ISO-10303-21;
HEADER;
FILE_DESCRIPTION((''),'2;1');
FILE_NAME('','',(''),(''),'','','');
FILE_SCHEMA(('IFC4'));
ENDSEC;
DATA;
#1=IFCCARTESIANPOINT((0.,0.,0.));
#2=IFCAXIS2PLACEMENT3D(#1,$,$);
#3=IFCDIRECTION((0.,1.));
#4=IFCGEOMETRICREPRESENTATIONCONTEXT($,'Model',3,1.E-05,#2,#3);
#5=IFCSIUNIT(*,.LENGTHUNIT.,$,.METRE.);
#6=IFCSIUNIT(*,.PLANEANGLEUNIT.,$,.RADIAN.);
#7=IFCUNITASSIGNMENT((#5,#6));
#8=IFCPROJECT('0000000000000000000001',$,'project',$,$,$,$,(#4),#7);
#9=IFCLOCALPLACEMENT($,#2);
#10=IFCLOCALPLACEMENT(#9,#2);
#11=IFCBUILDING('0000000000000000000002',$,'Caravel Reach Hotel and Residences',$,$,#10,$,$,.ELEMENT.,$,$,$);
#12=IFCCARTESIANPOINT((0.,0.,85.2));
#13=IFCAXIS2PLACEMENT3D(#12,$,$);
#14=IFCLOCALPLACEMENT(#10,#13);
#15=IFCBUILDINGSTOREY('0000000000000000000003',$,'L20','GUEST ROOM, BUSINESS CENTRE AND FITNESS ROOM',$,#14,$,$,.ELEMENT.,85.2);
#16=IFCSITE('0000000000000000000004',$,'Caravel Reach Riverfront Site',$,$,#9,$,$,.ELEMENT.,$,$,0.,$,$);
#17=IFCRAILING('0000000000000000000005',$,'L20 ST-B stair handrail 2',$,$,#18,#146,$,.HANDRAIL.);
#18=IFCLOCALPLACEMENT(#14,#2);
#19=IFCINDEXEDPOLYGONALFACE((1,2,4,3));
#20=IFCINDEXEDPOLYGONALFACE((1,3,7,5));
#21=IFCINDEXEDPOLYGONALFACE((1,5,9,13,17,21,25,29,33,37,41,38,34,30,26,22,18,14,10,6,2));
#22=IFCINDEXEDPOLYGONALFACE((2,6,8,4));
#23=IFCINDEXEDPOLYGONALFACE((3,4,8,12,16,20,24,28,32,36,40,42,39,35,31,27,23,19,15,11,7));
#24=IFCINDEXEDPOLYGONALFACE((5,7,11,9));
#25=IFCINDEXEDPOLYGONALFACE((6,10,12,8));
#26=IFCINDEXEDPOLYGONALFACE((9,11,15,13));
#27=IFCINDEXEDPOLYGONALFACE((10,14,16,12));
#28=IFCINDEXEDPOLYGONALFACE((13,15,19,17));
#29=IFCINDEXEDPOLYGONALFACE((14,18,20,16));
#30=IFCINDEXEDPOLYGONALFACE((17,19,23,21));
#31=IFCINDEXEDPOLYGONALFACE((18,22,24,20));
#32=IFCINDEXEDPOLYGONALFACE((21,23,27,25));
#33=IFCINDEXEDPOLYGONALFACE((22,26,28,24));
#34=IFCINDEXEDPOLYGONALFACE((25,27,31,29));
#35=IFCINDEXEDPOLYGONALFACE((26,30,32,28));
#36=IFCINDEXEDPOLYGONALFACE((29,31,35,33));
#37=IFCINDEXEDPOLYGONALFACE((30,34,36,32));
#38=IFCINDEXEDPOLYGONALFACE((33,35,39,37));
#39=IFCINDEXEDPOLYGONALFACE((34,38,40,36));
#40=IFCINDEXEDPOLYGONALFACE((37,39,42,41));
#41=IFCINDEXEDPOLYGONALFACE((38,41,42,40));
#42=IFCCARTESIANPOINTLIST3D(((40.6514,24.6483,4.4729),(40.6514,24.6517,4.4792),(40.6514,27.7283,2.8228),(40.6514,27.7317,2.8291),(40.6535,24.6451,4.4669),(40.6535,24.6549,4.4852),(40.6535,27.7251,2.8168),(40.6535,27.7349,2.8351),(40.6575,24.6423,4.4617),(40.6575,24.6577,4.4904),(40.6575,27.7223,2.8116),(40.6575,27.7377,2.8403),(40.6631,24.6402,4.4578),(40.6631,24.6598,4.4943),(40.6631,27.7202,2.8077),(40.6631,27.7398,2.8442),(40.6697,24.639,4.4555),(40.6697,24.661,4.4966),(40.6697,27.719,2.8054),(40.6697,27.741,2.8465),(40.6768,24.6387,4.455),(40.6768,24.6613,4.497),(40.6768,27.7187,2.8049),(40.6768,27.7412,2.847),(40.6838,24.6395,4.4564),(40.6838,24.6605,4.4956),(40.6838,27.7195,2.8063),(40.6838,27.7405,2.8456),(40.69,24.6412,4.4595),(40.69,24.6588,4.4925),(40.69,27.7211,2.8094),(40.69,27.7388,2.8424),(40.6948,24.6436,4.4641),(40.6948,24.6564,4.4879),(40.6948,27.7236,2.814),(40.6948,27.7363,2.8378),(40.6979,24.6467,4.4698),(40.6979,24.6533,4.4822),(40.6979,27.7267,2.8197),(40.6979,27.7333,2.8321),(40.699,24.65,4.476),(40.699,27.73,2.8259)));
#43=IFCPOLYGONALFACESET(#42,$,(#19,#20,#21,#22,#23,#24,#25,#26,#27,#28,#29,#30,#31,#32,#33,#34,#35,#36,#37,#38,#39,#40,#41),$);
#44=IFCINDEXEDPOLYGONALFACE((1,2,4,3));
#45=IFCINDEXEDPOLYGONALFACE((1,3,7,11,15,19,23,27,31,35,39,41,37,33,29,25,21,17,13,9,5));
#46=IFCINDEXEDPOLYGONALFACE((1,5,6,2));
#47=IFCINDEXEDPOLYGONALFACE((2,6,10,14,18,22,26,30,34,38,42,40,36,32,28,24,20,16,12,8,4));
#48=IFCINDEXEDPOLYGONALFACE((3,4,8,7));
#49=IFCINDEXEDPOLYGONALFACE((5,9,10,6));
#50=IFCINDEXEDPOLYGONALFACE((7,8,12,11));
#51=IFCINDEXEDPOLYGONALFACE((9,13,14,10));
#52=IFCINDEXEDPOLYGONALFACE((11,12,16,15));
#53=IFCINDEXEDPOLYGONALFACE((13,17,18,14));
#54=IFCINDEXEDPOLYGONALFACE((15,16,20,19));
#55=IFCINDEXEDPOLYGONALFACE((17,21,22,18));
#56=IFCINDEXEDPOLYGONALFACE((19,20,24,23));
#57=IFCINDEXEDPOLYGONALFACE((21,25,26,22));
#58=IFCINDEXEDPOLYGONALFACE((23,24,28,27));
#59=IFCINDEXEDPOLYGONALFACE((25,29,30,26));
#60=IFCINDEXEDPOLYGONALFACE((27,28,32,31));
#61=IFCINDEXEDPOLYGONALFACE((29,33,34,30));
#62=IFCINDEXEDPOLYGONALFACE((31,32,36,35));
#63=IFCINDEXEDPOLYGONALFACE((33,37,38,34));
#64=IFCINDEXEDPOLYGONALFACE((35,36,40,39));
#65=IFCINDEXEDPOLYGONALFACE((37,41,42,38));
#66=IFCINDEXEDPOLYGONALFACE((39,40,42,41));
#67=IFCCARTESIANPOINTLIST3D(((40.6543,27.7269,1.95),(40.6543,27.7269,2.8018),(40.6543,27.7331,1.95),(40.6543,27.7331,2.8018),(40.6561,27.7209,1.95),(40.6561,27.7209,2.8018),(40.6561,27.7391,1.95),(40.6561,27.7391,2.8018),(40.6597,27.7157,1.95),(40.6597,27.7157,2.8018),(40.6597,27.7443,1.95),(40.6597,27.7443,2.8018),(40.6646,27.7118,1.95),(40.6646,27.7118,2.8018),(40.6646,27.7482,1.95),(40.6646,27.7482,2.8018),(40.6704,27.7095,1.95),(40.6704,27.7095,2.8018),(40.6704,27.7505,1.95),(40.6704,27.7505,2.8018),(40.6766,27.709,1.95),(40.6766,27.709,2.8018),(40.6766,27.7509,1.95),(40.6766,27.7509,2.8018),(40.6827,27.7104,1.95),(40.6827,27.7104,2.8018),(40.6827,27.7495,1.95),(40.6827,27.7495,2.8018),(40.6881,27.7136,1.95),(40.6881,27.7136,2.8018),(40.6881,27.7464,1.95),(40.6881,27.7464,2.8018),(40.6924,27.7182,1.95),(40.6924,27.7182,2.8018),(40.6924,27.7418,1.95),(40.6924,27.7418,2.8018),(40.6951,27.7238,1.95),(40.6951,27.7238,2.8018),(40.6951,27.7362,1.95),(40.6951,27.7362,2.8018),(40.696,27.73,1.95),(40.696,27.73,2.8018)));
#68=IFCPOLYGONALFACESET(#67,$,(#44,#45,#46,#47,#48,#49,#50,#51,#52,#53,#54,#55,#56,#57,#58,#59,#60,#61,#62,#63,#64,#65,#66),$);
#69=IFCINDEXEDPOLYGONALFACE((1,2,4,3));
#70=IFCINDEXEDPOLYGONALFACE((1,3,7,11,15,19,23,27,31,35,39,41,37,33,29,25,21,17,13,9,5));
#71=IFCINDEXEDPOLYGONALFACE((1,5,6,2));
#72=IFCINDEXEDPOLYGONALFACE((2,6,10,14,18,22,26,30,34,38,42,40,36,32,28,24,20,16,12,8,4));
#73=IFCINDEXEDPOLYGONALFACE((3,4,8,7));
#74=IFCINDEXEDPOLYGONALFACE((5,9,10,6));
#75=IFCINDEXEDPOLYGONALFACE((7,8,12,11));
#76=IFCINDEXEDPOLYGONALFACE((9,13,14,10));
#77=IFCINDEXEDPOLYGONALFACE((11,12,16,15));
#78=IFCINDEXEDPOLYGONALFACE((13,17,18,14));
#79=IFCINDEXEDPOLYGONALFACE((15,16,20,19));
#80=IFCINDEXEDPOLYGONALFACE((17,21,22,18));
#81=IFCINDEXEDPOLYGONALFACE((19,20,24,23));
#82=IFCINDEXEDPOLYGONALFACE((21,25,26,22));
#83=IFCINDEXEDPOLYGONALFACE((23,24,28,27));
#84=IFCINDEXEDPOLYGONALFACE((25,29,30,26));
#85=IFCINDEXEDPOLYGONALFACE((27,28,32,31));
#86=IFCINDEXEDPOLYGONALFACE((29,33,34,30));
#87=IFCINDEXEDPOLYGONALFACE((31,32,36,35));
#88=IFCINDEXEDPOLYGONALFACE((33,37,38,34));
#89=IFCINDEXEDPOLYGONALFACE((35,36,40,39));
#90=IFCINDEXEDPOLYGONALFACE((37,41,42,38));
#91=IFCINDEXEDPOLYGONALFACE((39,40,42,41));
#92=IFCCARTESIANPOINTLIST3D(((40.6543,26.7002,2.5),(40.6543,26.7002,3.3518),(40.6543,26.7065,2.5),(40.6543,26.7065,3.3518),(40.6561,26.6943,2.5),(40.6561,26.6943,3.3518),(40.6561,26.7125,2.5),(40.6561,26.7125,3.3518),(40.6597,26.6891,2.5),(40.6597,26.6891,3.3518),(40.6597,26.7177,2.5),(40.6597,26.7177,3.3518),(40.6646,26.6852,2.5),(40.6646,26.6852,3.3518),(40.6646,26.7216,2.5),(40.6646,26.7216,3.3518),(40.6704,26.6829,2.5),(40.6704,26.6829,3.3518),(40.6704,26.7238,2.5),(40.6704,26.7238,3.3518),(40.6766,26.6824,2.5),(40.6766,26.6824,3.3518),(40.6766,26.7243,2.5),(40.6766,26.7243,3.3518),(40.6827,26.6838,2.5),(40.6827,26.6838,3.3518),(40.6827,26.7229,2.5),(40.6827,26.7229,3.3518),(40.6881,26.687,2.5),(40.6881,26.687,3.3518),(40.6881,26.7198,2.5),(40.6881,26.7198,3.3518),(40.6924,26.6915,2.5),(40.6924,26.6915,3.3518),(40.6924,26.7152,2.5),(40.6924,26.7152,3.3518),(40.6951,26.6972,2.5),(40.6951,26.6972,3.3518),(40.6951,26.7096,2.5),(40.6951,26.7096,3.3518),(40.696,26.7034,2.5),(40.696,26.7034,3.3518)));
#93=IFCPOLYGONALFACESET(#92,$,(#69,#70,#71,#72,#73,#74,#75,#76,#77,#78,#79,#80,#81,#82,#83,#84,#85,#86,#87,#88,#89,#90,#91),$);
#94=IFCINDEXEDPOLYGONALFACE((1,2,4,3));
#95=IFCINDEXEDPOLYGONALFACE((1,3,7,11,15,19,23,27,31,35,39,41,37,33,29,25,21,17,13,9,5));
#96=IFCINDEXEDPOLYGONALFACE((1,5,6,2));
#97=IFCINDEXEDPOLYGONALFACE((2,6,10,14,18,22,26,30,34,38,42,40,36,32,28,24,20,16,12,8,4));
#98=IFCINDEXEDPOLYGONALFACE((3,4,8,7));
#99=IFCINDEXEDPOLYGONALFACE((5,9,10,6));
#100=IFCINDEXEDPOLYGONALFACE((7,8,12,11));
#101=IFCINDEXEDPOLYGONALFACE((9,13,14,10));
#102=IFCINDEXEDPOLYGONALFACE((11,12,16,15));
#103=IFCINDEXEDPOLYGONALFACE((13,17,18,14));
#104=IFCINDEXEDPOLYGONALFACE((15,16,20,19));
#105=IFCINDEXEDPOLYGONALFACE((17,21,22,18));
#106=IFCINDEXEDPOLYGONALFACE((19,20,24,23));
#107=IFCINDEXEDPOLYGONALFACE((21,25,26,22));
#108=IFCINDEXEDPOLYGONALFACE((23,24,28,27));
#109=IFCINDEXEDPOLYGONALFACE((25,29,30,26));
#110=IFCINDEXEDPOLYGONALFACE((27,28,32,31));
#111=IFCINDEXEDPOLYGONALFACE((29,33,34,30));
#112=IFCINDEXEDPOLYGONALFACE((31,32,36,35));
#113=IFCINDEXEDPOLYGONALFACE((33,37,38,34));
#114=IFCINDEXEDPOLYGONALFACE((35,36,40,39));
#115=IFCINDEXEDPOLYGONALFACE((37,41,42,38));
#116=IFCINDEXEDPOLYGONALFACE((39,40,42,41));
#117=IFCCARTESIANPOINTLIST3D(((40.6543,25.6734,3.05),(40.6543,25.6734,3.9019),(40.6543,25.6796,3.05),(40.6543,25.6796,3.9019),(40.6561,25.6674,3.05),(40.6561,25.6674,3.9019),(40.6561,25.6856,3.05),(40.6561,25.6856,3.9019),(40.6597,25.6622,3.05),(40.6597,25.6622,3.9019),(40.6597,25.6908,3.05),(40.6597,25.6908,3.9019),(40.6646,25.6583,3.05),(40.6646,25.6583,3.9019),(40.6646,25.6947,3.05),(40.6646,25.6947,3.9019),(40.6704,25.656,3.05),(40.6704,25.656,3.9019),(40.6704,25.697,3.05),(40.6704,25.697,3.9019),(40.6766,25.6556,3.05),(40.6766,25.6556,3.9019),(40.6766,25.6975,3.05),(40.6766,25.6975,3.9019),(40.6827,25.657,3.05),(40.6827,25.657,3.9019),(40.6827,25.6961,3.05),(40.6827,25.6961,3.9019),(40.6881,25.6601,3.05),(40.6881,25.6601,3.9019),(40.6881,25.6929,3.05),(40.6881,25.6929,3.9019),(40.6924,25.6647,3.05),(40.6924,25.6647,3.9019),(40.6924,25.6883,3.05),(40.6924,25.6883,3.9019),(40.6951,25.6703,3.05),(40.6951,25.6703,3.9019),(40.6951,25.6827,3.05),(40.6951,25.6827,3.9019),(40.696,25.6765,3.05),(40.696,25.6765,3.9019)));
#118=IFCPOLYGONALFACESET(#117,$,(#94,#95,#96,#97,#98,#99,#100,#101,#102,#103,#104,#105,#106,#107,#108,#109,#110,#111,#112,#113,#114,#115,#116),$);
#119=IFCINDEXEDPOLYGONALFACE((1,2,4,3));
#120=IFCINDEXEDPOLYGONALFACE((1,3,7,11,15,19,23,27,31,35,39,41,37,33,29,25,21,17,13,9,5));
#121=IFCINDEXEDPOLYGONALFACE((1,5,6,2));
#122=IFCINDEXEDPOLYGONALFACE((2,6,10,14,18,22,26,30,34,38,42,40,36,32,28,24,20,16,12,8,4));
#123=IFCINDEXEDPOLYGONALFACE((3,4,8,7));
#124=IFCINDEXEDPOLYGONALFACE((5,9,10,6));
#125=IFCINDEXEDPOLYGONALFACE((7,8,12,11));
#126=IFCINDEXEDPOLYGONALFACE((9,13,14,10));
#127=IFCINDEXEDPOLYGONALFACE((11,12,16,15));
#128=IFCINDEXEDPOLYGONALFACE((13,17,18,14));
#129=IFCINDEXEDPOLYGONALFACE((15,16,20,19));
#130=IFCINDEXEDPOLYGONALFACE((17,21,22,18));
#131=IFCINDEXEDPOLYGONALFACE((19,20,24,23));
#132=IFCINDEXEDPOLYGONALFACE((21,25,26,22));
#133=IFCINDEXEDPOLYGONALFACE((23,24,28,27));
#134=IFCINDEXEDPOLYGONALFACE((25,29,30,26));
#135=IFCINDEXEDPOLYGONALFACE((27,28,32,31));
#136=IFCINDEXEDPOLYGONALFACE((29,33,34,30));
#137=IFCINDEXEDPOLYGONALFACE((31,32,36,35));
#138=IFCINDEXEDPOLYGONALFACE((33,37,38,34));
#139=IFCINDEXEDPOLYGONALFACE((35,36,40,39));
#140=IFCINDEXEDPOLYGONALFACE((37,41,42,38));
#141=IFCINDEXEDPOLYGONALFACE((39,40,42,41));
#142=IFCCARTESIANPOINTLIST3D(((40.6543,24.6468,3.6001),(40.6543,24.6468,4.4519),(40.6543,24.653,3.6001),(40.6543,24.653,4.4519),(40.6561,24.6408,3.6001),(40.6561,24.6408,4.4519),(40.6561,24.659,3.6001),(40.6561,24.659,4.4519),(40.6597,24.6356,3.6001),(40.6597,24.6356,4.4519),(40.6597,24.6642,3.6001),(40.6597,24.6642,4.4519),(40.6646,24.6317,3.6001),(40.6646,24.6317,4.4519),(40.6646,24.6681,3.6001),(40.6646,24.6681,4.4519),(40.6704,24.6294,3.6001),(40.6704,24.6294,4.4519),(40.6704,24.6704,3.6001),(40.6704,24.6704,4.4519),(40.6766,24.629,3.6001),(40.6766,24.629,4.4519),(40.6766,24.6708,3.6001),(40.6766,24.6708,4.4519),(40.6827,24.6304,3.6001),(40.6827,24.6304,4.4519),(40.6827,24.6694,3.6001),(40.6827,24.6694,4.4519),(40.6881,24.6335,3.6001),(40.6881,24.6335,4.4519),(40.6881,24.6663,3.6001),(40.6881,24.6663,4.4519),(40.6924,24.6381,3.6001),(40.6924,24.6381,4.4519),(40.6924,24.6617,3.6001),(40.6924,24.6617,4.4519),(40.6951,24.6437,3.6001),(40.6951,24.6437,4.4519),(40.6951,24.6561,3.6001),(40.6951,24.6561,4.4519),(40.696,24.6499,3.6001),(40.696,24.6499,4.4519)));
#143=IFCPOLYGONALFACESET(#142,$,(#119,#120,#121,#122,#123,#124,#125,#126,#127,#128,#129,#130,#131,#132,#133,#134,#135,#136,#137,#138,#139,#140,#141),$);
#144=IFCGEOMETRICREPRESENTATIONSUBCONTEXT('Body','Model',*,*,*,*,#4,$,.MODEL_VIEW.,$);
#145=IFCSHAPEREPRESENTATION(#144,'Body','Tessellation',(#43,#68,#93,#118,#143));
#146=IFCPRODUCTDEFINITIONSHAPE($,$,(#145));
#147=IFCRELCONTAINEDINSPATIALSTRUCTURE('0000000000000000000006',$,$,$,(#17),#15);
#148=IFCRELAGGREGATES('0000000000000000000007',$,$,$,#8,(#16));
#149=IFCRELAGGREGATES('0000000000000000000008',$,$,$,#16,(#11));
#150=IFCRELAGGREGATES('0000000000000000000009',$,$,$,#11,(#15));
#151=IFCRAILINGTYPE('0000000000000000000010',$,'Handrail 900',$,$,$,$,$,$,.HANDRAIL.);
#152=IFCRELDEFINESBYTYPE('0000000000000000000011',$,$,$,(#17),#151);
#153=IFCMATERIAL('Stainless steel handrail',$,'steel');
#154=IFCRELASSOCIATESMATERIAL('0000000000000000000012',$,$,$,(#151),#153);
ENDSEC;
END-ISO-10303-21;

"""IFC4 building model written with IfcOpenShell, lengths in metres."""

from ifc_helpers import new_model, si_unit, direction, frame, origin, origin_2d, place, context, subcontext, project, spatial, circle, extrude, material, type_object, element, save


model = new_model("IFC4")

# Units and contexts
model_context = context("Model", 3, precision=1e-05, world=origin(), true_north=direction((0.0, 1.0)))
body_context = subcontext(model_context, "Body", "Model", "MODEL_VIEW")
ifc_project = project(units=[si_unit("LENGTHUNIT", "METRE"), si_unit("PLANEANGLEUNIT", "RADIAN")], contexts=[model_context])

# Site, building, storey
site_placement = place(None, origin())
site = spatial("IfcSite", under=ifc_project, at=site_placement, Name="Caravel Reach Riverfront Site", CompositionType="ELEMENT", RefElevation=0.0)
building_placement = place(site_placement, origin())
building = spatial("IfcBuilding", under=site, at=building_placement, Name="Caravel Reach Hotel and Residences", CompositionType="ELEMENT")
storey_placement = place(building_placement, frame((0.0, 0.0, 85.2)))
storey = spatial("IfcBuildingStorey", under=building, at=storey_placement, Name="L20", Description="GUEST ROOM, BUSINESS CENTRE AND FITNESS ROOM", CompositionType="ELEMENT", Elevation=85.2)

# Railing
ifc_material_1 = material(Name="Stainless steel handrail", Category="steel")
railing_type_1 = type_object("IfcRailingType", Name="Handrail 900", PredefinedType="HANDRAIL", material=ifc_material_1)
railing_1_placement = place(storey_placement, frame((40.675, 27.73, 1.95)))
element("IfcRailing", 1, at=railing_1_placement, inside=storey, type_object=railing_type_1, Name="L20 ST-B stair handrail 2", PredefinedType="HANDRAIL", context=body_context, shape_type="SweptSolid", body=[
    extrude(circle(Radius=0.0239, at=origin_2d()), frame((0.0, 0.0, 0.876), z_axis=(0.0, -0.881468, 0.472245), x_axis=(1.0, 0.0, 0.0)), (0.0, 0.0, 1.0), 3.4941),
    extrude(circle(Radius=0.021, at=origin_2d()), origin(), (0.0, 0.0, 1.0), 0.8518),
    extrude(circle(Radius=0.021, at=origin_2d()), frame((0.0, -1.0266, 0.55)), (0.0, 0.0, 1.0), 0.8518),
    extrude(circle(Radius=0.021, at=origin_2d()), frame((0.0, -2.0535, 1.1001)), (0.0, 0.0, 1.0), 0.8518),
    extrude(circle(Radius=0.021, at=origin_2d()), frame((0.0, -3.0801, 1.6501)), (0.0, 0.0, 1.0), 0.8518),
])

save(model, "model.ifc")
